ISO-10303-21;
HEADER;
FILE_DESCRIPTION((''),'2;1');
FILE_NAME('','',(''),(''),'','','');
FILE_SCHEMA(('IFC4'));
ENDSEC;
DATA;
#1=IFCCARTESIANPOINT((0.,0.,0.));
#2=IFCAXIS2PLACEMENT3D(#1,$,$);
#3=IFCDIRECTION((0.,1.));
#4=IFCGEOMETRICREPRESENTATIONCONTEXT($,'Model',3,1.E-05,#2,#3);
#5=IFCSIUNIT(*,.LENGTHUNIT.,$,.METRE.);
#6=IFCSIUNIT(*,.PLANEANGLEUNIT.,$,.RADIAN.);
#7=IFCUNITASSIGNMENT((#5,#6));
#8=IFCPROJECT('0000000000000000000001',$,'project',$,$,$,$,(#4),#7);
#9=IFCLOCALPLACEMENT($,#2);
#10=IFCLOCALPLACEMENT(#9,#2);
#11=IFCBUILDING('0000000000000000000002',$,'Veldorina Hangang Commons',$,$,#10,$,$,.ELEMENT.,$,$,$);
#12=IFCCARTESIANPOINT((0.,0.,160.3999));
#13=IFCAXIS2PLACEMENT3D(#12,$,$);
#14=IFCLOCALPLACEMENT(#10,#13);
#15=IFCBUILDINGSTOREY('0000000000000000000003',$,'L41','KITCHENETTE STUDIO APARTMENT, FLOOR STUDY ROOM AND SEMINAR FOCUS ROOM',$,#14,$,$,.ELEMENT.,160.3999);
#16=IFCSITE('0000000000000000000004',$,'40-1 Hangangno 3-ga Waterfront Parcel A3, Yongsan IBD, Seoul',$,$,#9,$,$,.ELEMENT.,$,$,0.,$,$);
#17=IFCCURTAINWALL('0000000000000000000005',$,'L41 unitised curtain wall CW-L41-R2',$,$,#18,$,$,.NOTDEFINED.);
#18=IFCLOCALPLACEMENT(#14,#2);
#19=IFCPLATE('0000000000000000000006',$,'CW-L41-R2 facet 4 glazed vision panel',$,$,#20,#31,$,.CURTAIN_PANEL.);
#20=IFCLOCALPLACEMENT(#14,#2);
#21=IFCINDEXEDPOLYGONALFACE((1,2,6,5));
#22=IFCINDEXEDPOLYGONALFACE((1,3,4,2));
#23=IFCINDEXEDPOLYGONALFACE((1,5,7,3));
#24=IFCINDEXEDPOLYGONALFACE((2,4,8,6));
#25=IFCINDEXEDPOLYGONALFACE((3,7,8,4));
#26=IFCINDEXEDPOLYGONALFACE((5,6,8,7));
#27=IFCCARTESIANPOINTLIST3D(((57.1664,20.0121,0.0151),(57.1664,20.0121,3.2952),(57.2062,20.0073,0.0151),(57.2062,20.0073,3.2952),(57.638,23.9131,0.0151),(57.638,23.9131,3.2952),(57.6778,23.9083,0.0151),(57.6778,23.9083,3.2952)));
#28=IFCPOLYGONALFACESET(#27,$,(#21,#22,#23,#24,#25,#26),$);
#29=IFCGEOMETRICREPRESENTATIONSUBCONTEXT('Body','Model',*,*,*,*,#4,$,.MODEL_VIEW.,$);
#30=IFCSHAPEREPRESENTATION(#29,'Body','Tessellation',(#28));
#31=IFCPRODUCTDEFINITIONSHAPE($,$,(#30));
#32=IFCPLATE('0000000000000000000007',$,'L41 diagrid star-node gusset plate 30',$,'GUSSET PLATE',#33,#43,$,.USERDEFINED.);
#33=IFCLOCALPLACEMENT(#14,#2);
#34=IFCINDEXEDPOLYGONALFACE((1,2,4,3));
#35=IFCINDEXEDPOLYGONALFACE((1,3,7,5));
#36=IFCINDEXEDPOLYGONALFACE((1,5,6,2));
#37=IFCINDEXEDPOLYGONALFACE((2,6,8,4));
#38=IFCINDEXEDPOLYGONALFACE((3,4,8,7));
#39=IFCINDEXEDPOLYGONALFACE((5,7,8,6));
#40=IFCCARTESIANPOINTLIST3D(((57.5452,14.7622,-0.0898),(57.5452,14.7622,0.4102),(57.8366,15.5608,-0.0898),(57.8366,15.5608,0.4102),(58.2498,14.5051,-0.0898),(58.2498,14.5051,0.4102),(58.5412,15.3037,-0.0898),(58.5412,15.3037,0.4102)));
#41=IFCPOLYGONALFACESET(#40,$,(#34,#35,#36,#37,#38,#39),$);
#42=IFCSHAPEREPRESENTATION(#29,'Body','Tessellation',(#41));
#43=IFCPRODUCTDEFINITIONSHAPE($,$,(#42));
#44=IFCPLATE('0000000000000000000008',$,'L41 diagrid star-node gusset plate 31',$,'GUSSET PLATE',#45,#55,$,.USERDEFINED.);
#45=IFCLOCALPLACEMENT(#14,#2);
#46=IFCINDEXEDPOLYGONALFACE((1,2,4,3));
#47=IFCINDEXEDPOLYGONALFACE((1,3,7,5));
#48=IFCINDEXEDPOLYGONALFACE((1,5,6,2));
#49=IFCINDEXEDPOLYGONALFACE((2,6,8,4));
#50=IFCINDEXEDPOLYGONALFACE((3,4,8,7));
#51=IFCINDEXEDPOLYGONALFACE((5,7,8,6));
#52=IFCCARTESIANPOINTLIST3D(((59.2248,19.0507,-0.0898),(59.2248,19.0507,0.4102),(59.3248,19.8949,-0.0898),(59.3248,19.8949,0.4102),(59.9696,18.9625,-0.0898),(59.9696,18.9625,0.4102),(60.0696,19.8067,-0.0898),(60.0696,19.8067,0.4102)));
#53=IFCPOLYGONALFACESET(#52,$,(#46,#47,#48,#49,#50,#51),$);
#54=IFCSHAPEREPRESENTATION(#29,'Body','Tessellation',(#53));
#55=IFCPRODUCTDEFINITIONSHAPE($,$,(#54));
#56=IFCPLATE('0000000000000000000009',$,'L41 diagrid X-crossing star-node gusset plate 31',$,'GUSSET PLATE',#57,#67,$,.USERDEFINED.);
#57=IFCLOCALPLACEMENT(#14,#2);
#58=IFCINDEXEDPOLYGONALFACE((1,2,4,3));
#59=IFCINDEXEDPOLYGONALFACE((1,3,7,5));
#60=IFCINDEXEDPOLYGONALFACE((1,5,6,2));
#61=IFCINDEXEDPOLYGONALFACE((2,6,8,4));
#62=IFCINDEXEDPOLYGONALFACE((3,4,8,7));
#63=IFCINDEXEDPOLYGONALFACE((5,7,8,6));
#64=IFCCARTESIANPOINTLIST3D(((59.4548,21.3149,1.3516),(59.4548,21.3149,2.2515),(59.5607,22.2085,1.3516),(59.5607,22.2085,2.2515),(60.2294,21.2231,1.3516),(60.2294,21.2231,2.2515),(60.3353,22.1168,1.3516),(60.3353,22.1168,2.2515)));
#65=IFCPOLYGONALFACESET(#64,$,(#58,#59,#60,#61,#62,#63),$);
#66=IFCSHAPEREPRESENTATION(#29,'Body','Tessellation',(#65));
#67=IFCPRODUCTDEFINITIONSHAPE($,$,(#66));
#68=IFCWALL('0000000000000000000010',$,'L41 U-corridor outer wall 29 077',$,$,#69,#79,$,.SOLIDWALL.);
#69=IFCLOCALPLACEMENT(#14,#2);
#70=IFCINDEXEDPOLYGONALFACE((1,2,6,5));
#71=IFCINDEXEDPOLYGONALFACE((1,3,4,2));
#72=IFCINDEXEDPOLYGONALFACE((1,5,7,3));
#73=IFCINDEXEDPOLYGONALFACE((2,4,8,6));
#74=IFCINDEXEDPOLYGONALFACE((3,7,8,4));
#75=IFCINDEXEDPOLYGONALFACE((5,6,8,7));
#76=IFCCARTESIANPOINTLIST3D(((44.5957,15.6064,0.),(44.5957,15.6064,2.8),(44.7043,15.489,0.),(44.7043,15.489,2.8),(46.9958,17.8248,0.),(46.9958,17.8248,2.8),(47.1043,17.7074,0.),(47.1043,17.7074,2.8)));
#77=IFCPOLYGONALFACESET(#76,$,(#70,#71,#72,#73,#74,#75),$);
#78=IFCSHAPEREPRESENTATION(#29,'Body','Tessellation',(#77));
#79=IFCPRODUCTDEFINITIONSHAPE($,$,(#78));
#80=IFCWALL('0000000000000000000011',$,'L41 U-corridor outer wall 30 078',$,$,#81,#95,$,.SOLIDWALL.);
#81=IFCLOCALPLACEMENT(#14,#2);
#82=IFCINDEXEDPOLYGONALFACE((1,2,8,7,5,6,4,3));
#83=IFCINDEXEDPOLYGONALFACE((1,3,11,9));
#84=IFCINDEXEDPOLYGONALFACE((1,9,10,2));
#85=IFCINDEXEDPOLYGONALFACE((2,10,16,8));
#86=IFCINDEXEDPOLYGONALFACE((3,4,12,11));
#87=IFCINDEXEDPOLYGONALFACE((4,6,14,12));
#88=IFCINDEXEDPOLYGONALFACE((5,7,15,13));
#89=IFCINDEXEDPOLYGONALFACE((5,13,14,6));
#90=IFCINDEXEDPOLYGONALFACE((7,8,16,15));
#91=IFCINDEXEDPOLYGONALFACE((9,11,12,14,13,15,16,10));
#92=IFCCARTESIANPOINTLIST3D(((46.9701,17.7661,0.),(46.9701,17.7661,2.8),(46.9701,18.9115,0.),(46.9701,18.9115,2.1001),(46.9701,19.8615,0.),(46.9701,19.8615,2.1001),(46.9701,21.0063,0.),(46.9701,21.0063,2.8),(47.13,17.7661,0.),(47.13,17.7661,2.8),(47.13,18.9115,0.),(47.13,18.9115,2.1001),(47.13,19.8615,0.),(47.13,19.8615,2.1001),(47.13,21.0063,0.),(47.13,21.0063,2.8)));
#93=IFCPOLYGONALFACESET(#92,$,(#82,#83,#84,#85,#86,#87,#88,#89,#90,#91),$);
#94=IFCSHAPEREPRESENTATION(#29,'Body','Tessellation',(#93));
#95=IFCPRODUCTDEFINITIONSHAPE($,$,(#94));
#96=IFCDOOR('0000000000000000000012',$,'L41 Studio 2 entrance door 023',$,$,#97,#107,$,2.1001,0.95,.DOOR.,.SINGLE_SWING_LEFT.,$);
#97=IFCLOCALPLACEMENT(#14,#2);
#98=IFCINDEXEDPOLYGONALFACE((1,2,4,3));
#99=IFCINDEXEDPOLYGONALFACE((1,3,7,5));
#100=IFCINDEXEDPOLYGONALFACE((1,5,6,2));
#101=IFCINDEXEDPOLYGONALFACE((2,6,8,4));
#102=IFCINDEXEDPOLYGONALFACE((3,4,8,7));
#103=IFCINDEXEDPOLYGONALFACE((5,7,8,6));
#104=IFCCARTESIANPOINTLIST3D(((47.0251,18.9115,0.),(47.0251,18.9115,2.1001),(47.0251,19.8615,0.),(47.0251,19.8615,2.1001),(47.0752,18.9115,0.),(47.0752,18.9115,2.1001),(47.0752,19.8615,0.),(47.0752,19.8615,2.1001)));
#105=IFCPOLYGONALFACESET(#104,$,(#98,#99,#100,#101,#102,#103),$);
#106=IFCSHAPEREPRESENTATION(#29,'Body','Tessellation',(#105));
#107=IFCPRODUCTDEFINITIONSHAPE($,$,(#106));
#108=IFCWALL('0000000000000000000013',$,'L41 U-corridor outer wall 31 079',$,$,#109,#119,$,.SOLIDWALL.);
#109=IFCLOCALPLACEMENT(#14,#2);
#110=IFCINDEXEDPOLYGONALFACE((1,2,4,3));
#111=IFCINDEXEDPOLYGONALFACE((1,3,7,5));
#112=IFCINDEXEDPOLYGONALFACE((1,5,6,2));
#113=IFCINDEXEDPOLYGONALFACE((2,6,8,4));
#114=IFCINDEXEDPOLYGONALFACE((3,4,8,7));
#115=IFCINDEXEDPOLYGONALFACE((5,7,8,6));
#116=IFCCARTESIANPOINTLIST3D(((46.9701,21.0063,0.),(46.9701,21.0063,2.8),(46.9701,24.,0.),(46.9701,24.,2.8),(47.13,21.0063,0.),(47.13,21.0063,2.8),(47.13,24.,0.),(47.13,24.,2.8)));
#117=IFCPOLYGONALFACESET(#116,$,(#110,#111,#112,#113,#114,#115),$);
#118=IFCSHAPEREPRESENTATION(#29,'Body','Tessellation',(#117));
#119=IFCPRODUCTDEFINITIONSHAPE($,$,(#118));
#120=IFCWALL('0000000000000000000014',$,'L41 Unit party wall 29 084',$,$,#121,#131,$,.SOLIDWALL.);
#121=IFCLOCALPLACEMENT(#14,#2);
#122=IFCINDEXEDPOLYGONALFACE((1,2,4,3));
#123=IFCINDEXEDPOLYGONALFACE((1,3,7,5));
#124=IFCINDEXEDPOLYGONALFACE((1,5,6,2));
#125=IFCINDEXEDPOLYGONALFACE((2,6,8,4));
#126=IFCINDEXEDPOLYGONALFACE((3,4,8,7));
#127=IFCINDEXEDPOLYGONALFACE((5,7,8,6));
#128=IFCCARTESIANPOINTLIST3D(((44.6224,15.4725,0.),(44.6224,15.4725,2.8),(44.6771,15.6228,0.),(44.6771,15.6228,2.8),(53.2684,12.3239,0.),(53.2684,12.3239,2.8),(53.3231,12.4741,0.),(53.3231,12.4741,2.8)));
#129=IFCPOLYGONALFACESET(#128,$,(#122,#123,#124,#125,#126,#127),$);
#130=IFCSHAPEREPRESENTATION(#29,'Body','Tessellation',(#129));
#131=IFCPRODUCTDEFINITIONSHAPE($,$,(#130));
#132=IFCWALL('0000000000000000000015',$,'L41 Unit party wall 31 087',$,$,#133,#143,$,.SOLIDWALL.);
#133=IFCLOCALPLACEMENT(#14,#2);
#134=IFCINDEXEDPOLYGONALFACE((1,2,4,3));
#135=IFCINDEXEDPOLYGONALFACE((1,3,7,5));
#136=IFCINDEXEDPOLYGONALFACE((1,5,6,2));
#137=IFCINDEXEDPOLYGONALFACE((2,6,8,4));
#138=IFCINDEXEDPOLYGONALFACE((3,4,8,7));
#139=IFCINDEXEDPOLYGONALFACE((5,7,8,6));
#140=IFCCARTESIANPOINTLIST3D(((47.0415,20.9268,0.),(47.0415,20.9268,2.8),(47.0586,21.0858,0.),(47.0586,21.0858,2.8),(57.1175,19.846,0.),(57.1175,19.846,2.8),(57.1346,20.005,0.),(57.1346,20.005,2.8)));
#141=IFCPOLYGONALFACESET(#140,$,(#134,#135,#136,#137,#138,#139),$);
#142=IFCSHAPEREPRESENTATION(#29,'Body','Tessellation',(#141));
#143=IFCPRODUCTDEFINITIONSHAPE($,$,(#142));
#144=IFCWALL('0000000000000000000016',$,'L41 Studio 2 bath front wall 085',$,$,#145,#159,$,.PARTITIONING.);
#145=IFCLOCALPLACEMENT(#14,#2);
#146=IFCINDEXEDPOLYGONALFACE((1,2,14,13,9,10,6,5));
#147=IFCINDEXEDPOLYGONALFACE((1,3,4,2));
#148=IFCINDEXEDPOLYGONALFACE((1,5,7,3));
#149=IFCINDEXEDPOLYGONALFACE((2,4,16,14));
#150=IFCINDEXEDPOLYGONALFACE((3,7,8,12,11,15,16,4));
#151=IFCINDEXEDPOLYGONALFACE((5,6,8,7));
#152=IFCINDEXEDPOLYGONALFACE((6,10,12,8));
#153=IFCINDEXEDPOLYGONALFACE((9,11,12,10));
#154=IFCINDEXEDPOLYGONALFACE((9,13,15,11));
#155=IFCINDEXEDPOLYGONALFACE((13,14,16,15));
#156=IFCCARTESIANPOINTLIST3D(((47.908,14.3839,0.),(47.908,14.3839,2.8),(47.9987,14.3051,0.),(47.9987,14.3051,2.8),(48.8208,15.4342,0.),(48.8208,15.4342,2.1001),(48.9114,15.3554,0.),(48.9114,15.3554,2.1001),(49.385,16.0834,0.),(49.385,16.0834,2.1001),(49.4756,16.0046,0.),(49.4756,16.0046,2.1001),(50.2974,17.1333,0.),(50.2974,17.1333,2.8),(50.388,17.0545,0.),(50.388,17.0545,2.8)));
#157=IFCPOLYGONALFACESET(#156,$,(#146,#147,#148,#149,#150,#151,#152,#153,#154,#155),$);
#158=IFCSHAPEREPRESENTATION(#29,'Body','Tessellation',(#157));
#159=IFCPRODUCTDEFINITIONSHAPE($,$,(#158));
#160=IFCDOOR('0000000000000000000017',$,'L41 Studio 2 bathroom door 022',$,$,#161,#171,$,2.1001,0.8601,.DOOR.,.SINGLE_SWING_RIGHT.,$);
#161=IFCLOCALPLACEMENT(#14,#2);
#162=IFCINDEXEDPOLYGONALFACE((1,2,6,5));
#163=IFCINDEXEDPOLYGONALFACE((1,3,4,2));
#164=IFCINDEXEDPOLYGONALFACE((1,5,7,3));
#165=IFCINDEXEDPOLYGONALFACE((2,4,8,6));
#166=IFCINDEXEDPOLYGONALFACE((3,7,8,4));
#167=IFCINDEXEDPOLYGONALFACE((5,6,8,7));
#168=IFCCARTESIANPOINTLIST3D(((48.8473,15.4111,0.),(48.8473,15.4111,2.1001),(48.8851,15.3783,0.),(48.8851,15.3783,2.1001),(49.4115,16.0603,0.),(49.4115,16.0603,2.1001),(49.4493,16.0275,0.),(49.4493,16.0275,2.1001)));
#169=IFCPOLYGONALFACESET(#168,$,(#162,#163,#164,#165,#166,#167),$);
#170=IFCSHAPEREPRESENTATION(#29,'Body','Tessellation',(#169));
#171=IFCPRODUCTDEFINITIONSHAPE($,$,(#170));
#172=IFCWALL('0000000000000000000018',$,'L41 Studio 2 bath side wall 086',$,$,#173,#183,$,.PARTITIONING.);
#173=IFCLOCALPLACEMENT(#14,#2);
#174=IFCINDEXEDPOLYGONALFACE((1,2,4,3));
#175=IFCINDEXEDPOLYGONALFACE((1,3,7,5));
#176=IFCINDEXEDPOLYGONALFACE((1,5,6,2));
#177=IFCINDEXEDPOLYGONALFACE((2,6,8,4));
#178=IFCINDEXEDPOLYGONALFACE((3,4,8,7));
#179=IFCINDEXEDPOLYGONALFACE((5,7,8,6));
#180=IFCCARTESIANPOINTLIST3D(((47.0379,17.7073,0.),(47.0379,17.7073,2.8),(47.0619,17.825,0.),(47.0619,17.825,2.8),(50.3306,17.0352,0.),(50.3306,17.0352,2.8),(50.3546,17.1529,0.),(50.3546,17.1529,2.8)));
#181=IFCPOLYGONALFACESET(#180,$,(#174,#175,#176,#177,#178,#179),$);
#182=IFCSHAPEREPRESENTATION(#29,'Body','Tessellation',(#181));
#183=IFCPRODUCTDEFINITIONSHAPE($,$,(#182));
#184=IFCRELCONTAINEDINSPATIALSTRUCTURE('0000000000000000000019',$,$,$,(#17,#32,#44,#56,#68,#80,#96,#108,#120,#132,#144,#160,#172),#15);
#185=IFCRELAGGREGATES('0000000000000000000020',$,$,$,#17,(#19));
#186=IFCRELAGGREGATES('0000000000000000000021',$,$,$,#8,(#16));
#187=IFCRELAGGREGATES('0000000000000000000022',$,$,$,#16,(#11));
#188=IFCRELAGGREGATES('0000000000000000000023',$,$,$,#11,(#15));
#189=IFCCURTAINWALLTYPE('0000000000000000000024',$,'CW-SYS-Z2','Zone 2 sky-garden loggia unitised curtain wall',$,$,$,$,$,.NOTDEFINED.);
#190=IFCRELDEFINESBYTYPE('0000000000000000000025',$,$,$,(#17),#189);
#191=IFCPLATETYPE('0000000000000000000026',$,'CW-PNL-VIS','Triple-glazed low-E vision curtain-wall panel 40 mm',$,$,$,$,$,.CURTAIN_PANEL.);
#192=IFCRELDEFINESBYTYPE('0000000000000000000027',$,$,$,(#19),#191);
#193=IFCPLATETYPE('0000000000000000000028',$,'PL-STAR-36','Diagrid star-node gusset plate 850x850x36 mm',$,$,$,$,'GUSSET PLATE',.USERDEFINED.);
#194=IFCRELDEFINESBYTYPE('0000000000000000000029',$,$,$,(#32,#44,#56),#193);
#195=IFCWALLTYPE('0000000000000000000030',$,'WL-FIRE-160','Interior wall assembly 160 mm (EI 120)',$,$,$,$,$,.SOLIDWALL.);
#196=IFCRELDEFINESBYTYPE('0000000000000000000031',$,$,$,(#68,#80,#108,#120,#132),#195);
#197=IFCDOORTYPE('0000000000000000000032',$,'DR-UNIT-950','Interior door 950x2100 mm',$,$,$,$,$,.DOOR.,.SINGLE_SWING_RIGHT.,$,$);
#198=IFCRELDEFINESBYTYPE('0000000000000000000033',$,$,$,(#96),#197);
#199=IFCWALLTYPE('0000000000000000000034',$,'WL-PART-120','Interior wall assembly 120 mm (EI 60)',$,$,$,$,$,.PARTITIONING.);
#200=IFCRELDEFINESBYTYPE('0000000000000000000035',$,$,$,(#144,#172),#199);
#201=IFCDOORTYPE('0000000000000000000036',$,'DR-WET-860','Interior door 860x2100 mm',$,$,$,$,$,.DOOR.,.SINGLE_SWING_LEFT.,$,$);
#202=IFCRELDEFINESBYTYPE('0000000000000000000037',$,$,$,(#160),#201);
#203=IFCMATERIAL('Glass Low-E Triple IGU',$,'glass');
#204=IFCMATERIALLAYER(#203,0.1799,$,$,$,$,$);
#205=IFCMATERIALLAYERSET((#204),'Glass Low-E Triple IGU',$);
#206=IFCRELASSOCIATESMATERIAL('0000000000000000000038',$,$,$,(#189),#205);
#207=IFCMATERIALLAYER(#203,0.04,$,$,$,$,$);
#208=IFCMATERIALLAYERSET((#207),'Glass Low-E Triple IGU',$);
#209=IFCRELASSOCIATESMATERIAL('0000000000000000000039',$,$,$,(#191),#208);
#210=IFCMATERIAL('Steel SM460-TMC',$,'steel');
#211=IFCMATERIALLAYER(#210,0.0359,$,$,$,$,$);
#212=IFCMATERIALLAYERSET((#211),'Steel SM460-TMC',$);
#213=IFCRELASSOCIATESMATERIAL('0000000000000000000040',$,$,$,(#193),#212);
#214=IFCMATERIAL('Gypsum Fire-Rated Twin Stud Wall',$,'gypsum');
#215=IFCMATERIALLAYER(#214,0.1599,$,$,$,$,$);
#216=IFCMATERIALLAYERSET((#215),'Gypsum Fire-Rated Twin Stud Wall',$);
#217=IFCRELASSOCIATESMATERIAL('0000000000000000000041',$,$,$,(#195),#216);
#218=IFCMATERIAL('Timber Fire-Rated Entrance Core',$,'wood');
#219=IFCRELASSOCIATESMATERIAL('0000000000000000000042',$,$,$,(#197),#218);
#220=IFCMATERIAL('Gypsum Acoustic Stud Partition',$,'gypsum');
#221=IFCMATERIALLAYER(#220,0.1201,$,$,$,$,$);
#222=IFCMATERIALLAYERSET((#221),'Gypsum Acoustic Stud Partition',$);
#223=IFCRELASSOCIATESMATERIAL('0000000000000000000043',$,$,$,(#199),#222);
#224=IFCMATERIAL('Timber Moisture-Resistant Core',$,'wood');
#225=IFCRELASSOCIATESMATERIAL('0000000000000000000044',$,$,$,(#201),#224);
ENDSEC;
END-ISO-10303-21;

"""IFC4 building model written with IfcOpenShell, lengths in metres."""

from ifc_helpers import new_model, si_unit, direction, frame, frame_2d, origin, origin_2d, place, context, subcontext, project, spatial, rectangle, extrude, material, layer, layer_set, type_object, element, fill, aggregate, save


model = new_model("IFC4")

# Units and contexts
model_context = context("Model", 3, precision=1e-05, world=origin(), true_north=direction((0.0, 1.0)))
body_context = subcontext(model_context, "Body", "Model", "MODEL_VIEW")
ifc_project = project(units=[si_unit("LENGTHUNIT", "METRE"), si_unit("PLANEANGLEUNIT", "RADIAN")], contexts=[model_context])

# Site, building, storey
site_placement = place(None, origin())
site = spatial("IfcSite", under=ifc_project, at=site_placement, Name="40-1 Hangangno 3-ga Waterfront Parcel A3, Yongsan IBD, Seoul", CompositionType="ELEMENT", RefElevation=0.0)
building_placement = place(site_placement, origin())
building = spatial("IfcBuilding", under=site, at=building_placement, Name="Veldorina Hangang Commons", CompositionType="ELEMENT")
storey_placement = place(building_placement, frame((0.0, 0.0, 160.3999)))
storey = spatial("IfcBuildingStorey", under=building, at=storey_placement, Name="L41", Description="KITCHENETTE STUDIO APARTMENT, FLOOR STUDY ROOM AND SEMINAR FOCUS ROOM", CompositionType="ELEMENT", Elevation=160.3999)

# Curtain wall
ifc_material_1 = material(Name="Glass Low-E Triple IGU", Category="glass")
ifc_layer_1 = layer(ifc_material_1, 0.1799)
ifc_layer_set_1 = layer_set([ifc_layer_1], Name="Glass Low-E Triple IGU")
curtain_wall_type = type_object("IfcCurtainWallType", Name="CW-SYS-Z2", Description="Zone 2 sky-garden loggia unitised curtain wall", PredefinedType="NOTDEFINED", material=ifc_layer_set_1)
curtain_wall_placement = place(storey_placement, origin())
curtain_wall = element("IfcCurtainWall", 1, at=curtain_wall_placement, inside=storey, type_object=curtain_wall_type, Name="L41 unitised curtain wall CW-L41-R2", PredefinedType="NOTDEFINED")

# Plate
ifc_layer_2 = layer(ifc_material_1, 0.04)
ifc_layer_set_2 = layer_set([ifc_layer_2], Name="Glass Low-E Triple IGU")
plate_type_1 = type_object("IfcPlateType", Name="CW-PNL-VIS", Description="Triple-glazed low-E vision curtain-wall panel 40 mm", PredefinedType="CURTAIN_PANEL", material=ifc_layer_set_2)
plate_1_placement = place(storey_placement, frame((57.4221, 21.9602, 0.0151), z_axis=(0.0, 0.0, 1.0), x_axis=(0.120016, 0.992772, 0.0)))
plate_1 = element("IfcPlate", 2, at=plate_1_placement, type_object=plate_type_1, Name="CW-L41-R2 facet 4 glazed vision panel", PredefinedType="CURTAIN_PANEL", context=body_context, shape_type="SweptSolid", body=[
    extrude(rectangle(XDim=3.9294, YDim=0.04, at=origin_2d()), origin(), (0.0, 0.0, 1.0), 3.28),
])
aggregate(curtain_wall, [plate_1])

# Plates
ifc_material_2 = material(Name="Steel SM460-TMC", Category="steel")
ifc_layer_3 = layer(ifc_material_2, 0.0359)
ifc_layer_set_3 = layer_set([ifc_layer_3], Name="Steel SM460-TMC")
plate_type_2 = type_object("IfcPlateType", Name="PL-STAR-36", Description="Diagrid star-node gusset plate 850x850x36 mm", ElementType="GUSSET PLATE", PredefinedType="USERDEFINED", material=ifc_layer_set_3)
for number, where, z_axis, x_axis, name in (
    (3, (58.0432, 15.033, -0.0898), (0.0, 0.0, 1.0), (0.342807, 0.939406, 0.0), "L41 diagrid star-node gusset plate 30"),
    (4, (59.6472, 19.4287, -0.0898), (0.0, 0.0, 1.0), (0.117659, 0.993054, 0.0), "L41 diagrid star-node gusset plate 31"),
):
    element("IfcPlate", number, at=place(storey_placement, frame(where, z_axis=z_axis, x_axis=x_axis)), inside=storey, type_object=plate_type_2, Name=name, ObjectType="GUSSET PLATE", PredefinedType="USERDEFINED", context=body_context, shape_type="SweptSolid", body=[
        extrude(rectangle(XDim=0.8501, YDim=0.75, at=origin_2d()), origin(), (0.0, 0.0, 1.0), 0.5),
    ])
plate_2_placement = place(storey_placement, frame((59.895, 21.7158, 1.3516), z_axis=(0.0, 0.0, 1.0), x_axis=(0.117659, 0.993054, 0.0)))
element("IfcPlate", 5, at=plate_2_placement, inside=storey, type_object=plate_type_2, Name="L41 diagrid X-crossing star-node gusset plate 31", ObjectType="GUSSET PLATE", PredefinedType="USERDEFINED", context=body_context, shape_type="SweptSolid", body=[
    extrude(rectangle(XDim=0.8999, YDim=0.78, at=origin_2d()), origin(), (0.0, 0.0, 1.0), 0.8999),
])

# Wall
ifc_material_3 = material(Name="Gypsum Fire-Rated Twin Stud Wall", Category="gypsum")
ifc_layer_4 = layer(ifc_material_3, 0.1599)
ifc_layer_set_4 = layer_set([ifc_layer_4], Name="Gypsum Fire-Rated Twin Stud Wall")
wall_type_1 = type_object("IfcWallType", Name="WL-FIRE-160", Description="Interior wall assembly 160 mm (EI 120)", PredefinedType="SOLIDWALL", material=ifc_layer_set_4)
wall_1_placement = place(storey_placement, frame((44.6499, 15.5476, 0.0), z_axis=(0.0, 0.0, 1.0), x_axis=(0.734348, 0.678773, 0.0)))
element("IfcWall", 6, at=wall_1_placement, inside=storey, type_object=wall_type_1, Name="L41 U-corridor outer wall 29 077", PredefinedType="SOLIDWALL", context=body_context, shape_type="SweptSolid", body=[
    extrude(rectangle(XDim=3.2683, YDim=0.1599, at=frame_2d((1.6343, 0.0))), origin(), (0.0, 0.0, 1.0), 2.8),
])

# Wall, opening, door
wall_2_placement = place(storey_placement, frame((47.05, 17.7661, 0.0), z_axis=(0.0, 0.0, 1.0), x_axis=(0.0, 1.0, 0.0)))
wall_2 = element("IfcWall", 7, at=wall_2_placement, inside=storey, type_object=wall_type_1, Name="L41 U-corridor outer wall 30 078", PredefinedType="SOLIDWALL", context=body_context, shape_type="SweptSolid", body=[
    extrude(rectangle(XDim=3.2402, YDim=0.1599, at=frame_2d((1.6201, 0.0))), origin(), (0.0, 0.0, 1.0), 2.8),
])
opening_1_placement = place(wall_2_placement, frame((1.1453, 0.0, 0.0)))
opening_1 = element("IfcOpeningElement", 8, at=opening_1_placement, cuts=wall_2, PredefinedType="OPENING", context=body_context, shape_type="SweptSolid", body=[
    extrude(rectangle(XDim=0.95, YDim=2.1001, at=frame_2d((0.4751, 1.05))), frame((0.0, 0.0898, 0.0), z_axis=(0.0, -1.0, 0.0), x_axis=(1.0, 0.0, 0.0)), (0.0, 0.0, 1.0), 0.1799),
])
ifc_material_4 = material(Name="Timber Fire-Rated Entrance Core", Category="wood")
door_type_1 = type_object("IfcDoorType", Name="DR-UNIT-950", Description="Interior door 950x2100 mm", OperationType="SINGLE_SWING_RIGHT", PredefinedType="DOOR", material=ifc_material_4)
door_1_placement = place(opening_1_placement, origin())
door_1 = element("IfcDoor", 9, at=door_1_placement, inside=storey, type_object=door_type_1, Name="L41 Studio 2 entrance door 023", OperationType="SINGLE_SWING_LEFT", OverallHeight=2.1001, OverallWidth=0.95, PredefinedType="DOOR", context=body_context, shape_type="SweptSolid", body=[
    extrude(rectangle(XDim=0.95, YDim=2.1001, at=frame_2d((0.4751, 1.05))), frame((0.0, 0.0249, 0.0), z_axis=(0.0, -1.0, 0.0), x_axis=(1.0, 0.0, 0.0)), (0.0, 0.0, 1.0), 0.05),
])
fill(opening_1, door_1)

# Walls
wall_3_placement = place(storey_placement, frame((47.05, 21.0063, 0.0), z_axis=(0.0, 0.0, 1.0), x_axis=(0.0, 1.0, 0.0)))
element("IfcWall", 10, at=wall_3_placement, inside=storey, type_object=wall_type_1, Name="L41 U-corridor outer wall 31 079", PredefinedType="SOLIDWALL", context=body_context, shape_type="SweptSolid", body=[
    extrude(rectangle(XDim=2.9937, YDim=0.1599, at=frame_2d((1.4968, 0.0))), origin(), (0.0, 0.0, 1.0), 2.8),
])
wall_4_placement = place(storey_placement, frame((44.6499, 15.5476, 0.0), z_axis=(0.0, 0.0, 1.0), x_axis=(0.93963, -0.342193, 0.0)))
element("IfcWall", 11, at=wall_4_placement, inside=storey, type_object=wall_type_1, Name="L41 Unit party wall 29 084", PredefinedType="SOLIDWALL", context=body_context, shape_type="SweptSolid", body=[
    extrude(rectangle(XDim=9.2014, YDim=0.1599, at=frame_2d((4.6006, 0.0))), origin(), (0.0, 0.0, 1.0), 2.8),
])
wall_5_placement = place(storey_placement, frame((47.05, 21.0063, 0.0), z_axis=(0.0, 0.0, 1.0), x_axis=(0.994296, -0.106655, 0.0)))
element("IfcWall", 12, at=wall_5_placement, inside=storey, type_object=wall_type_1, Name="L41 Unit party wall 31 087", PredefinedType="SOLIDWALL", context=body_context, shape_type="SweptSolid", body=[
    extrude(rectangle(XDim=10.1338, YDim=0.1599, at=frame_2d((5.0669, 0.0))), origin(), (0.0, 0.0, 1.0), 2.8),
])

# Wall, opening, door
ifc_material_5 = material(Name="Gypsum Acoustic Stud Partition", Category="gypsum")
ifc_layer_5 = layer(ifc_material_5, 0.1201)
ifc_layer_set_5 = layer_set([ifc_layer_5], Name="Gypsum Acoustic Stud Partition")
wall_type_2 = type_object("IfcWallType", Name="WL-PART-120", Description="Interior wall assembly 120 mm (EI 60)", PredefinedType="PARTITIONING", material=ifc_layer_set_5)
wall_6_placement = place(storey_placement, frame((47.9534, 14.3445, 0.0), z_axis=(0.0, 0.0, 1.0), x_axis=(0.655948, 0.754806, 0.0)))
wall_6 = element("IfcWall", 13, at=wall_6_placement, inside=storey, type_object=wall_type_2, Name="L41 Studio 2 bath front wall 085", PredefinedType="PARTITIONING", context=body_context, shape_type="SweptSolid", body=[
    extrude(rectangle(XDim=3.6426, YDim=0.1201, at=frame_2d((1.8213, 0.0))), origin(), (0.0, 0.0, 1.0), 2.8),
])
opening_2_placement = place(wall_6_placement, frame((1.3914, 0.0, 0.0)))
opening_2 = element("IfcOpeningElement", 14, at=opening_2_placement, cuts=wall_6, PredefinedType="OPENING", context=body_context, shape_type="SweptSolid", body=[
    extrude(rectangle(XDim=0.8601, YDim=2.1001, at=frame_2d((0.4302, 1.05))), frame((0.0, 0.0701, 0.0), z_axis=(0.0, -1.0, 0.0), x_axis=(1.0, 0.0, 0.0)), (0.0, 0.0, 1.0), 0.1401),
])
ifc_material_6 = material(Name="Timber Moisture-Resistant Core", Category="wood")
door_type_2 = type_object("IfcDoorType", Name="DR-WET-860", Description="Interior door 860x2100 mm", OperationType="SINGLE_SWING_LEFT", PredefinedType="DOOR", material=ifc_material_6)
door_2_placement = place(opening_2_placement, origin())
door_2 = element("IfcDoor", 15, at=door_2_placement, inside=storey, type_object=door_type_2, Name="L41 Studio 2 bathroom door 022", OperationType="SINGLE_SWING_RIGHT", OverallHeight=2.1001, OverallWidth=0.8601, PredefinedType="DOOR", context=body_context, shape_type="SweptSolid", body=[
    extrude(rectangle(XDim=0.8601, YDim=2.1001, at=frame_2d((0.4302, 1.05))), frame((0.0, 0.0249, 0.0), z_axis=(0.0, -1.0, 0.0), x_axis=(1.0, 0.0, 0.0)), (0.0, 0.0, 1.0), 0.05),
])
fill(opening_2, door_2)

# Wall
wall_7_placement = place(storey_placement, frame((47.05, 17.7661, 0.0), z_axis=(0.0, 0.0, 1.0), x_axis=(0.979796, -0.199998, 0.0)))
element("IfcWall", 16, at=wall_7_placement, inside=storey, type_object=wall_type_2, Name="L41 Studio 2 bath side wall 086", PredefinedType="PARTITIONING", context=body_context, shape_type="SweptSolid", body=[
    extrude(rectangle(XDim=3.3606, YDim=0.1201, at=frame_2d((1.6802, 0.0))), origin(), (0.0, 0.0, 1.0), 2.8),
])

save(model, "model.ifc")
